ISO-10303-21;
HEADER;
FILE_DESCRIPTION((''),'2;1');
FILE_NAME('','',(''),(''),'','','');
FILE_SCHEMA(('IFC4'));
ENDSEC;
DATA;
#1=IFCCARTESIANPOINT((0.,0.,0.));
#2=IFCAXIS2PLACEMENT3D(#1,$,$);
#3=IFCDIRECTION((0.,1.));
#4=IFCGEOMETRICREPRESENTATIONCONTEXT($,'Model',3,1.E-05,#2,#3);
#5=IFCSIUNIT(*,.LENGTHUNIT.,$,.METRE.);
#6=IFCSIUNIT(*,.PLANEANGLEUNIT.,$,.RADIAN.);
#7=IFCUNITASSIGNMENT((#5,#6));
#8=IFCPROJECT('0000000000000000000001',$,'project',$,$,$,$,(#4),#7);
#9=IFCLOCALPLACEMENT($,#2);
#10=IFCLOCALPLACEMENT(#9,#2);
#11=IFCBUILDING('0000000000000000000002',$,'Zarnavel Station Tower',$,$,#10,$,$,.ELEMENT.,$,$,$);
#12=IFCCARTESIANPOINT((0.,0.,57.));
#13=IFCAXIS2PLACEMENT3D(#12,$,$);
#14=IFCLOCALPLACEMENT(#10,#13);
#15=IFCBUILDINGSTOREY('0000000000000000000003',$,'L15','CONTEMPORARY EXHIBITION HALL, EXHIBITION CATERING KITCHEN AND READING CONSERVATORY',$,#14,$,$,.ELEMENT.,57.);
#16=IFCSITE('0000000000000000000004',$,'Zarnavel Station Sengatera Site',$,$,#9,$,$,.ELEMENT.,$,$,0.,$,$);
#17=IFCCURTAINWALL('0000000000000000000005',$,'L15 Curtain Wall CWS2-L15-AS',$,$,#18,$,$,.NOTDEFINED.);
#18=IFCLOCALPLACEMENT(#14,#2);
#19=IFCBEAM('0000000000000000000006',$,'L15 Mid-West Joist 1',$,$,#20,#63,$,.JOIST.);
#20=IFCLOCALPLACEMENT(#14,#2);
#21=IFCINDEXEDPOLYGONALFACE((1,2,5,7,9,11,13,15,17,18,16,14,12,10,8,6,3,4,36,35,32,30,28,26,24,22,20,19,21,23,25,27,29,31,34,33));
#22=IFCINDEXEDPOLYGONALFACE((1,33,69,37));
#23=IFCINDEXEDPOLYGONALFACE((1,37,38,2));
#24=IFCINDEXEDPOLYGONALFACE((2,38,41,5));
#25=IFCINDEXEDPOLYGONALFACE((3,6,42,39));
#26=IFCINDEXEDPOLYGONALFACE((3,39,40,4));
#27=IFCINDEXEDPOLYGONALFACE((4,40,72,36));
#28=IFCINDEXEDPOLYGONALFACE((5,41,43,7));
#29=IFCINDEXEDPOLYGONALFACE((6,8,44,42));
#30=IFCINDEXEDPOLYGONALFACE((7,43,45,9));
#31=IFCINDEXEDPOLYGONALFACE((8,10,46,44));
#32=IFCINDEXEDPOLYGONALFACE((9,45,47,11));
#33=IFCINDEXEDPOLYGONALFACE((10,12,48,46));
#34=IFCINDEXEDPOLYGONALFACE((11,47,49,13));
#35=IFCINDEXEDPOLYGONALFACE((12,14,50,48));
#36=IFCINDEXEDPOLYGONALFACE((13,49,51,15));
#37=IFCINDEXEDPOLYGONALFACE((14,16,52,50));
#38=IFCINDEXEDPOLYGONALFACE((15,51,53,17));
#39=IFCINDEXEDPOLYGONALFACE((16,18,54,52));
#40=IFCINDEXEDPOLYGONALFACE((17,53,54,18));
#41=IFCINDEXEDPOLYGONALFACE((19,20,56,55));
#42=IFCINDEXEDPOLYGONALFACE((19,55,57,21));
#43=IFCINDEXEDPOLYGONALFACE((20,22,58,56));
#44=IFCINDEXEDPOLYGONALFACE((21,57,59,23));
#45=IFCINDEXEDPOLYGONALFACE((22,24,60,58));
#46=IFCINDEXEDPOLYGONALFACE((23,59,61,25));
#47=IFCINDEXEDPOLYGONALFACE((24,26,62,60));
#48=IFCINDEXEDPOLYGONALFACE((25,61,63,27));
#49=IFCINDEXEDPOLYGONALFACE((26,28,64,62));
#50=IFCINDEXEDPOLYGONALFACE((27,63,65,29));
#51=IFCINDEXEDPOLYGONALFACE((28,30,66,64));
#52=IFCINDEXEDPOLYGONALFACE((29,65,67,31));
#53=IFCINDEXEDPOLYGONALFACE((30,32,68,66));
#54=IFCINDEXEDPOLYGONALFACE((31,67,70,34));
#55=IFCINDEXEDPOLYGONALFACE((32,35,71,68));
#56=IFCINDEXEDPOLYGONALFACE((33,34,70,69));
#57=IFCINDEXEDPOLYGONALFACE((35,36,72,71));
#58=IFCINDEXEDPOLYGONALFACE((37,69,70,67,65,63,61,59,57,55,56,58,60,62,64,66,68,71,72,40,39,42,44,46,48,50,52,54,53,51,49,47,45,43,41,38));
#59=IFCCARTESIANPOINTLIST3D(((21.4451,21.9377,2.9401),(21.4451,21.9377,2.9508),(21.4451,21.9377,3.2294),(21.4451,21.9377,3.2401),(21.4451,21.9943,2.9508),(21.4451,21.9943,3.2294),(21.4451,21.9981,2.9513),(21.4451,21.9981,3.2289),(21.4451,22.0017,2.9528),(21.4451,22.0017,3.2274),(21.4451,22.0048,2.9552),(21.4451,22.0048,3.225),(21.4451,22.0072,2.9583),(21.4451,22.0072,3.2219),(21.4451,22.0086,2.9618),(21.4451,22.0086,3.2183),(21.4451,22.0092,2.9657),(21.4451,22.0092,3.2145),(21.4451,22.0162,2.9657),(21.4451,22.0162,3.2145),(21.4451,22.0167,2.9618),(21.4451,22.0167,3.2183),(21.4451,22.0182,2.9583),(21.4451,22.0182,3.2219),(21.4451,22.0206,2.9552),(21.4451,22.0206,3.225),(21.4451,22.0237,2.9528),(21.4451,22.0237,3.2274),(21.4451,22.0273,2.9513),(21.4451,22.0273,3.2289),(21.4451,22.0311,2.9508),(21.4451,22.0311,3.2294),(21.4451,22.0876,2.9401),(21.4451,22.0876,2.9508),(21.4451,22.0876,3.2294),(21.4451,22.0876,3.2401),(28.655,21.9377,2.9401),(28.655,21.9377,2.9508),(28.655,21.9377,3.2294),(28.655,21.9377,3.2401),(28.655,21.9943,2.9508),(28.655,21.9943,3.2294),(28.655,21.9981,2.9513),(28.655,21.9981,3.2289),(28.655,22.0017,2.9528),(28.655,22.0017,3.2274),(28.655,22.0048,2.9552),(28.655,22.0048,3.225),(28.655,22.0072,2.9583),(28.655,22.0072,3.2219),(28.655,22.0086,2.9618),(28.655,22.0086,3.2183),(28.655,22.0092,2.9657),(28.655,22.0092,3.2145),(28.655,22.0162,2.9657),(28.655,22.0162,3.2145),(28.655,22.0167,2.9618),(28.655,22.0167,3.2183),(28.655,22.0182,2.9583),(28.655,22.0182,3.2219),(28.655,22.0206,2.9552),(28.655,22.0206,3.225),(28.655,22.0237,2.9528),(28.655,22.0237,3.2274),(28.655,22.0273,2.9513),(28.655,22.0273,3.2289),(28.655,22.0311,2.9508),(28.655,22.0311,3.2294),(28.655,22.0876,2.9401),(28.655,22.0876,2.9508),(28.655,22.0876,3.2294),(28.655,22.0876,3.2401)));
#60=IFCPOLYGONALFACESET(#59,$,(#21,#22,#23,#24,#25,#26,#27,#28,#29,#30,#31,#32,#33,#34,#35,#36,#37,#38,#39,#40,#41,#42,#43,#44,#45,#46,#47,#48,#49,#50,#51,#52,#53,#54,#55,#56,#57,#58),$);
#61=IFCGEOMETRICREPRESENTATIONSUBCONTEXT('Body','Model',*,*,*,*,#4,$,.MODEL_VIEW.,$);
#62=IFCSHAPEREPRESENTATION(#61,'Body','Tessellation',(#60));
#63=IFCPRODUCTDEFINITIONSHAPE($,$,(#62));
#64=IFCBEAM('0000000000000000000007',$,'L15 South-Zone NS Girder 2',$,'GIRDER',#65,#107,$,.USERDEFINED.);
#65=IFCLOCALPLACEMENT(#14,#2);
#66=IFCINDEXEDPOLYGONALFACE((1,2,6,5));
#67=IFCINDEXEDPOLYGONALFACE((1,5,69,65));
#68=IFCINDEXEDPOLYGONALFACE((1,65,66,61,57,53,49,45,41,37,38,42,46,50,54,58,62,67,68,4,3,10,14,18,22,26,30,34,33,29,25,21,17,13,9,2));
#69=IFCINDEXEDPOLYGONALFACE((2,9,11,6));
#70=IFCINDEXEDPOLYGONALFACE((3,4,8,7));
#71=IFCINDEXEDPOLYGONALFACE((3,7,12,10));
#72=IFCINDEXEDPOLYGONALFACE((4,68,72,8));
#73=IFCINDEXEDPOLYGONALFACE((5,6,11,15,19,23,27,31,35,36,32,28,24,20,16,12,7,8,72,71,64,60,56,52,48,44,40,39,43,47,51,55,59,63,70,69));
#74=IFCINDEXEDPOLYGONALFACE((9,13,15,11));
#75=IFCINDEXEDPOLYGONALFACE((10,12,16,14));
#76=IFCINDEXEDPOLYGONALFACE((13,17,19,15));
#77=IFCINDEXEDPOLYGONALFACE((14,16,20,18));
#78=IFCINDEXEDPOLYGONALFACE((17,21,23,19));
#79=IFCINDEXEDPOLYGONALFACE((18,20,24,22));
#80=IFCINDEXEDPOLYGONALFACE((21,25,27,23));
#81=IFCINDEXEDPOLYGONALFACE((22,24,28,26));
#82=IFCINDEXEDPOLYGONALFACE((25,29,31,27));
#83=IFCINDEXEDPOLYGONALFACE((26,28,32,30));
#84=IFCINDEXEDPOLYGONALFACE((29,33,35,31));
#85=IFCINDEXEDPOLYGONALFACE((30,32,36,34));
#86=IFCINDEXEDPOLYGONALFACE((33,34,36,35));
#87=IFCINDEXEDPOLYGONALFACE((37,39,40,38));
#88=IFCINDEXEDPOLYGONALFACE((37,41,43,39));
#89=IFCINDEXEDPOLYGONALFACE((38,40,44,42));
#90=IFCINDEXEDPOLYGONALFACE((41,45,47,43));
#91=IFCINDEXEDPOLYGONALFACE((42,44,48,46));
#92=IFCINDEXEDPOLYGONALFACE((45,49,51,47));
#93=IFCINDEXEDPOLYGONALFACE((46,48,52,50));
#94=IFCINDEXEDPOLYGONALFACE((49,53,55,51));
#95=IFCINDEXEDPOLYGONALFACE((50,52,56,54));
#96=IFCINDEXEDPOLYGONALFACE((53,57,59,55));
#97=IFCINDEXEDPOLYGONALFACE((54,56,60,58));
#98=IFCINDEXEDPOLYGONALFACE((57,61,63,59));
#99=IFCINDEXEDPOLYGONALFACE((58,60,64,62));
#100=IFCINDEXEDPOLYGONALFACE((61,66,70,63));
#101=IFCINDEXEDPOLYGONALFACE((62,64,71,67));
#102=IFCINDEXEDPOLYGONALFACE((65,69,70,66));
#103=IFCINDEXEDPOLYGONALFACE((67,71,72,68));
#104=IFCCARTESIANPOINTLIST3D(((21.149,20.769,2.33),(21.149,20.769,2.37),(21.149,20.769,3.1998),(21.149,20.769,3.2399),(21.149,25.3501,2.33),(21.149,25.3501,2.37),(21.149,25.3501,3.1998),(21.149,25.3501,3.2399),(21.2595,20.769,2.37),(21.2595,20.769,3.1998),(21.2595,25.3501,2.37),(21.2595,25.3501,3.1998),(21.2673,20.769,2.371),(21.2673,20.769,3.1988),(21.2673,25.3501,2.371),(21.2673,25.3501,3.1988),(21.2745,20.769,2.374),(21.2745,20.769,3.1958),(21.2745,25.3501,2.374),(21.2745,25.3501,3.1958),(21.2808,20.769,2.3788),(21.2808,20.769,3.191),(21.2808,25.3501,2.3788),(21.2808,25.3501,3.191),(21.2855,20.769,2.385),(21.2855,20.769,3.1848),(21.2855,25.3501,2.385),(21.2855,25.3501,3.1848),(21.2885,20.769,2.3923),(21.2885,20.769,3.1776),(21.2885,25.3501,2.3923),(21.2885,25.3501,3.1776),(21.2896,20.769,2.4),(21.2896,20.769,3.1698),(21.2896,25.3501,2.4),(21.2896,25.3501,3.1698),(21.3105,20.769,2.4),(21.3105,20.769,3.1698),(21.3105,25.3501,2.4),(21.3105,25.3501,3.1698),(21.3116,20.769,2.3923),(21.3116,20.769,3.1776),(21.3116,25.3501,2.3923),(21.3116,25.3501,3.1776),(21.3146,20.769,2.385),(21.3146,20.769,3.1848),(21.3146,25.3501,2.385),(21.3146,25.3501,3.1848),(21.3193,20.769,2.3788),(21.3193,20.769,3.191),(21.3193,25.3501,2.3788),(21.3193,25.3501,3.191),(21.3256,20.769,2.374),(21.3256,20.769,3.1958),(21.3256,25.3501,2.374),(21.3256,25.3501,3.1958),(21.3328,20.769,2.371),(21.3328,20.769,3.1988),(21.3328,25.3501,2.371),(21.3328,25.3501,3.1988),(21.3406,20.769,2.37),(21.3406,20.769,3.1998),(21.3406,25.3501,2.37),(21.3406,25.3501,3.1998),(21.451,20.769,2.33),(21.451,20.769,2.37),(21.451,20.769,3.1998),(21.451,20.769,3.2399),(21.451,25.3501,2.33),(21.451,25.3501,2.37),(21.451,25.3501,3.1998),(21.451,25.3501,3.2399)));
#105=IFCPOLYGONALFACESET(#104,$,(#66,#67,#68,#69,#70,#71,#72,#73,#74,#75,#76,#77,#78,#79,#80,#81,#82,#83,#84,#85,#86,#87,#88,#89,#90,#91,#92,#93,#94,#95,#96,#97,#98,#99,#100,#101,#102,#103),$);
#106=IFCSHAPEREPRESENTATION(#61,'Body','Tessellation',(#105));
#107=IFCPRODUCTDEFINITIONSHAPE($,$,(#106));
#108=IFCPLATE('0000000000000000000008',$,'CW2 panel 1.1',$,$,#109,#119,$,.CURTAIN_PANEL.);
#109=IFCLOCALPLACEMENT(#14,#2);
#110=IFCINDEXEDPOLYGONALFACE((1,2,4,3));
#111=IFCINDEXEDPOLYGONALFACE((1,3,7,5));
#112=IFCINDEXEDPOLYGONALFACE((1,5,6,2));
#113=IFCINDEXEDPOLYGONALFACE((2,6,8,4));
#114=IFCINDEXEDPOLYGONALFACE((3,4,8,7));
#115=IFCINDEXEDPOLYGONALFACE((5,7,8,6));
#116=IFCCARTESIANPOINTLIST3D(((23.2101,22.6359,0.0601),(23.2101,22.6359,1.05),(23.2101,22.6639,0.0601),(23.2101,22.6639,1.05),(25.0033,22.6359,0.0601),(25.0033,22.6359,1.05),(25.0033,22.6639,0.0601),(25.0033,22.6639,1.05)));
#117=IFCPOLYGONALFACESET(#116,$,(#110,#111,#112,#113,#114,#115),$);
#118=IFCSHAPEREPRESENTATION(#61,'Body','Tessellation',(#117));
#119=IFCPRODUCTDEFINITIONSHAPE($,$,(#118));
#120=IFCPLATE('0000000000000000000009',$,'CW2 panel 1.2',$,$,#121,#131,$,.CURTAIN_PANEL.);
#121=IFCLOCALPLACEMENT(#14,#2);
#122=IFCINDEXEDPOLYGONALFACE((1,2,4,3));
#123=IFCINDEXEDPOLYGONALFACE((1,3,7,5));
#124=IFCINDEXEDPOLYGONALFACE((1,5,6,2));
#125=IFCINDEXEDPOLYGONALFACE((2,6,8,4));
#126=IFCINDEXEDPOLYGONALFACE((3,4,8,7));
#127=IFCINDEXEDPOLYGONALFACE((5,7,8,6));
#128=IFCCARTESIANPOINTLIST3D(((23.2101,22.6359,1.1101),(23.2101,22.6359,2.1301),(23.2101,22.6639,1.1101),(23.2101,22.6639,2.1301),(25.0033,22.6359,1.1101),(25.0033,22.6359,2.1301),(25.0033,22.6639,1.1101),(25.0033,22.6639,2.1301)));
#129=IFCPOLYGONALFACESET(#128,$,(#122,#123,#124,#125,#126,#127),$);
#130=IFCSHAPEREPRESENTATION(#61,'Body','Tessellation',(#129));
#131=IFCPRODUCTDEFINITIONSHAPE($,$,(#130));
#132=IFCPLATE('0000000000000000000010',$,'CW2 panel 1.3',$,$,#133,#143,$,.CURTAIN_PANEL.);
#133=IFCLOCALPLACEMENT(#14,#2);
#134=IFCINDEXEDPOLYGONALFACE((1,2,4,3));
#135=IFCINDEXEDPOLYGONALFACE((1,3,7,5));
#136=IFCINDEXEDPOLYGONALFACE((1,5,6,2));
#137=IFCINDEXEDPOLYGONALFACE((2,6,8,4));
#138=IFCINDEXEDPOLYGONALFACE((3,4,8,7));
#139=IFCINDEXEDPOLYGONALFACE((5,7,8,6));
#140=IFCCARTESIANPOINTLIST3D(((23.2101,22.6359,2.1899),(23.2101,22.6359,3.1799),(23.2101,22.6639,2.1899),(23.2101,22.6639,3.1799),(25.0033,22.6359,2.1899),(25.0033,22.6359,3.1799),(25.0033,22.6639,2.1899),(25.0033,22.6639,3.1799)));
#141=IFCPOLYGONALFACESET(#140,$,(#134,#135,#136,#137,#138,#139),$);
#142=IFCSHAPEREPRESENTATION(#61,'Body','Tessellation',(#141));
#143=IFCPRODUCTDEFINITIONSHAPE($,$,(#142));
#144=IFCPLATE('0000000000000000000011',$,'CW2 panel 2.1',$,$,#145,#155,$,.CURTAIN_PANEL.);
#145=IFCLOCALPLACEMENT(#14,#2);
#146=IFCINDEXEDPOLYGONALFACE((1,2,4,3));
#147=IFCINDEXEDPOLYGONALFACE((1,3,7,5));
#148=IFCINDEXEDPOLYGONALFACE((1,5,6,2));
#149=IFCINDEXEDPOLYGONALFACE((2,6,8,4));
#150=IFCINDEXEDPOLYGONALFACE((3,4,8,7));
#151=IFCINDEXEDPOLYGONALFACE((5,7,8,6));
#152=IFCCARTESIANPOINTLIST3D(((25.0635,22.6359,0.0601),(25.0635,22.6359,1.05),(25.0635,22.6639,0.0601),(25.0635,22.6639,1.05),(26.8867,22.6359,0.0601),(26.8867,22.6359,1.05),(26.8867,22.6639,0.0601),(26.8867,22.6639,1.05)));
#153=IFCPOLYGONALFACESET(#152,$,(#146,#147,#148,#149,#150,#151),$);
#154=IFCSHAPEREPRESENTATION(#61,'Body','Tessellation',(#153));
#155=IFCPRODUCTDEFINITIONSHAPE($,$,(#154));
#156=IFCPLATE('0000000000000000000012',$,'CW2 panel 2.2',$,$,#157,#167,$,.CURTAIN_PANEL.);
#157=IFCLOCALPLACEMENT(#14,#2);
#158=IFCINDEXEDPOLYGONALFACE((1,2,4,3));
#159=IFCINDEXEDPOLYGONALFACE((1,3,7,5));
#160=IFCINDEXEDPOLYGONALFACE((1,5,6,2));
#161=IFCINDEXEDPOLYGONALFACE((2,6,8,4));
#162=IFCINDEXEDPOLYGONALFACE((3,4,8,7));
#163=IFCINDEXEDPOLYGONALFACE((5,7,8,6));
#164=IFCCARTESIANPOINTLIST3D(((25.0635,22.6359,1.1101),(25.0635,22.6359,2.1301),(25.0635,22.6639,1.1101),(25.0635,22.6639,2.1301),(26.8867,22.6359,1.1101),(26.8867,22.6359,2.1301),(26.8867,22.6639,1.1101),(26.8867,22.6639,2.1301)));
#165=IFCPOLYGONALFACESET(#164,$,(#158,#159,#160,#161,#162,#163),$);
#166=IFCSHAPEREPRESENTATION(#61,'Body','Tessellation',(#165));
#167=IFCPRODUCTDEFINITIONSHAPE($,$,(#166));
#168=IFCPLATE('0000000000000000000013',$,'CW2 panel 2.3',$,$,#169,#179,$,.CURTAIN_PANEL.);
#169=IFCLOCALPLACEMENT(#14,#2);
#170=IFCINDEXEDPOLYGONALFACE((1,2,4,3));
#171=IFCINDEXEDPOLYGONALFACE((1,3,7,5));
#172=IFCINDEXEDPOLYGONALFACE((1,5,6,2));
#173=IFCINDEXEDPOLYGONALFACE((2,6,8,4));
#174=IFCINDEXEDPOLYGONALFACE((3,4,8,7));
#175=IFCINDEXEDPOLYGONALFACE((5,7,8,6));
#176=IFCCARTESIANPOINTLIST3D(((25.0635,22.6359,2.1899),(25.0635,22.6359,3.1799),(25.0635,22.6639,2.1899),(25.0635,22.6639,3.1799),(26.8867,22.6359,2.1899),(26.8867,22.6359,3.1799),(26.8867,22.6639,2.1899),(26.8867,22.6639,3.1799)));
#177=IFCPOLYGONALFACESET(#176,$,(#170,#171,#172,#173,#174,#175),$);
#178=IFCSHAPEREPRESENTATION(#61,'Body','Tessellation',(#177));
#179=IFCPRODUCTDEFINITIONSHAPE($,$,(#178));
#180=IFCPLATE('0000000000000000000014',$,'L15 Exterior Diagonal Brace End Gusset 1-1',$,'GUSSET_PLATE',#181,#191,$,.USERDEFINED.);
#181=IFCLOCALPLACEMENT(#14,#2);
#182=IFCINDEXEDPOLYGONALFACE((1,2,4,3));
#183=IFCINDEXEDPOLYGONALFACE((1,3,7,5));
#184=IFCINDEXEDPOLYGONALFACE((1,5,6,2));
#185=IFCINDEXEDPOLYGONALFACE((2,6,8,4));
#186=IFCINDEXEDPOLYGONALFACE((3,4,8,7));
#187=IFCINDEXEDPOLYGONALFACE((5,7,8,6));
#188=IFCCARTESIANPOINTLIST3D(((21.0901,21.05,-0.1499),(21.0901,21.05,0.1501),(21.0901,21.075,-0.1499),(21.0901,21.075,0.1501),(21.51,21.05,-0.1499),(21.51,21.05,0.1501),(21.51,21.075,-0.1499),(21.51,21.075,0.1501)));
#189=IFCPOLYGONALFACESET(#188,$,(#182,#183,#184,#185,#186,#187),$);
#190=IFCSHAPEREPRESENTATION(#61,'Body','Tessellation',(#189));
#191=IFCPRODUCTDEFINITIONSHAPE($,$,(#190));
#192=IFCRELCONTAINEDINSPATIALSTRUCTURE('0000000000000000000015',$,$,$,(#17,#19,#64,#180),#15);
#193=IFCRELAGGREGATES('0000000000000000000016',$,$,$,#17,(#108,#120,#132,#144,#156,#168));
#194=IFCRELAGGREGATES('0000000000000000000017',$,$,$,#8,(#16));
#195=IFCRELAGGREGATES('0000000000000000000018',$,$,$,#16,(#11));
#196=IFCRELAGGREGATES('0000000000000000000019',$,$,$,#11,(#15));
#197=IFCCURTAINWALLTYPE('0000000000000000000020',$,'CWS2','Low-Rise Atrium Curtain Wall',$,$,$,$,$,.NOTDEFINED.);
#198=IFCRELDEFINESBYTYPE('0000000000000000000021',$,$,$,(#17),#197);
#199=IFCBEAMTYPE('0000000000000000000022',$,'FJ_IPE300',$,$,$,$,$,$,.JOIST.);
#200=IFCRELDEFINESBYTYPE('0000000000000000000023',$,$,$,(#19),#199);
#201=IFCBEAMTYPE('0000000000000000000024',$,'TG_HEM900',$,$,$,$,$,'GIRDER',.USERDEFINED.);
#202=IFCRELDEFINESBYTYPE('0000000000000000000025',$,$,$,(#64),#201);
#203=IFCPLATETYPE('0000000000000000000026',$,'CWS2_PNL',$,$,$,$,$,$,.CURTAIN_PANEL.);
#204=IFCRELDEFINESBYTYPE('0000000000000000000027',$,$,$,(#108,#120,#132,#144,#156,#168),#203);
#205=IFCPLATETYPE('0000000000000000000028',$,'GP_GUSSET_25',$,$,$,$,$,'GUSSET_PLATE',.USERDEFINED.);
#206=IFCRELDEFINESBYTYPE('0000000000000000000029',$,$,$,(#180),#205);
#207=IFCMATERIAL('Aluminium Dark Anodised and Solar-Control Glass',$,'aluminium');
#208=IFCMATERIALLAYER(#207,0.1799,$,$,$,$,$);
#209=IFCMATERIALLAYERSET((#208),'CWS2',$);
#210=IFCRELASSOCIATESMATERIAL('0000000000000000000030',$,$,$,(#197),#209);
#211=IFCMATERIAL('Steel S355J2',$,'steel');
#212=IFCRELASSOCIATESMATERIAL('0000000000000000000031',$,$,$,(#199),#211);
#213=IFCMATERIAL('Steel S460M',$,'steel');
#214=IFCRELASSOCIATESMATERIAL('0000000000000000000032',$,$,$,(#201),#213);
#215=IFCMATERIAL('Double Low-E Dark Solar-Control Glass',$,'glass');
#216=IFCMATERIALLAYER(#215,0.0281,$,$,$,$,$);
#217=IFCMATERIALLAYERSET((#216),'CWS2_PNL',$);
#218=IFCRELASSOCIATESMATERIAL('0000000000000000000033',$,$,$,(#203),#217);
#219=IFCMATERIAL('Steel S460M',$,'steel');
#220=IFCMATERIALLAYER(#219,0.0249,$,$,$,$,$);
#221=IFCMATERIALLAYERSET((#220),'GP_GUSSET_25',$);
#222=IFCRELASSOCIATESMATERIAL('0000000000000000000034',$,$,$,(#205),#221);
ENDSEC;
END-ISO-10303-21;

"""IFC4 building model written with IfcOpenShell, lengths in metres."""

from ifc_helpers import new_model, si_unit, direction, frame, origin, origin_2d, place, context, subcontext, project, spatial, rectangle, i_section, extrude, material, layer, layer_set, material_profile, profile_set, type_object, element, aggregate, save


model = new_model("IFC4")

# Units and contexts
model_context = context("Model", 3, precision=1e-05, world=origin(), true_north=direction((0.0, 1.0)))
body_context = subcontext(model_context, "Body", "Model", "MODEL_VIEW")
ifc_project = project(units=[si_unit("LENGTHUNIT", "METRE"), si_unit("PLANEANGLEUNIT", "RADIAN")], contexts=[model_context])

# Site, building, storey
site_placement = place(None, origin())
site = spatial("IfcSite", under=ifc_project, at=site_placement, Name="Zarnavel Station Sengatera Site", CompositionType="ELEMENT", RefElevation=0.0)
building_placement = place(site_placement, origin())
building = spatial("IfcBuilding", under=site, at=building_placement, Name="Zarnavel Station Tower", CompositionType="ELEMENT")
storey_placement = place(building_placement, frame((0.0, 0.0, 57.0)))
storey = spatial("IfcBuildingStorey", under=building, at=storey_placement, Name="L15", Description="CONTEMPORARY EXHIBITION HALL, EXHIBITION CATERING KITCHEN AND READING CONSERVATORY", CompositionType="ELEMENT", Elevation=57.0)

# Curtain wall
ifc_material_1 = material(Name="Aluminium Dark Anodised and Solar-Control Glass", Category="aluminium")
ifc_layer_1 = layer(ifc_material_1, 0.1799)
ifc_layer_set_1 = layer_set([ifc_layer_1], Name="CWS2")
curtain_wall_type = type_object("IfcCurtainWallType", Name="CWS2", Description="Low-Rise Atrium Curtain Wall", PredefinedType="NOTDEFINED", material=ifc_layer_set_1)
curtain_wall_placement = place(storey_placement, origin())
curtain_wall = element("IfcCurtainWall", 1, at=curtain_wall_placement, inside=storey, type_object=curtain_wall_type, Name="L15 Curtain Wall CWS2-L15-AS", PredefinedType="NOTDEFINED")

# Beams
ifc_material_2 = material(Name="Steel S355J2", Category="steel")
ifc_material_profile_1 = material_profile(ifc_material_2, i_section(OverallWidth=0.1499, OverallDepth=0.3, WebThickness=0.0071, FlangeThickness=0.0107, FilletRadius=0.0149, at=origin_2d()), Name="IPE300")
ifc_profile_set_1 = profile_set([ifc_material_profile_1], Name="Steel S355J2")
beam_type_1 = type_object("IfcBeamType", Name="FJ_IPE300", PredefinedType="JOIST", material=ifc_profile_set_1)
beam_1_placement = place(storey_placement, frame((21.4451, 22.0127, 3.0901), z_axis=(1.0, 0.0, 0.0), x_axis=(0.0, 1.0, 0.0)))
element("IfcBeam", 2, at=beam_1_placement, inside=storey, type_object=beam_type_1, Name="L15 Mid-West Joist 1", PredefinedType="JOIST", context=body_context, shape_type="SweptSolid", body=[
    extrude(i_section(OverallWidth=0.1499, OverallDepth=0.3, WebThickness=0.0071, FlangeThickness=0.0107, FilletRadius=0.0149, at=origin_2d()), origin(), (0.0, 0.0, 1.0), 7.21),
])
ifc_material_3 = material(Name="Steel S460M", Category="steel")
ifc_material_profile_2 = material_profile(ifc_material_3, i_section(OverallWidth=0.302, OverallDepth=0.9099, WebThickness=0.021, FlangeThickness=0.04, FilletRadius=0.03, at=origin_2d()), Name="HEM900")
ifc_profile_set_2 = profile_set([ifc_material_profile_2], Name="Steel S460M")
beam_type_2 = type_object("IfcBeamType", Name="TG_HEM900", ElementType="GIRDER", PredefinedType="USERDEFINED", material=ifc_profile_set_2)
beam_2_placement = place(storey_placement, frame((21.3, 20.769, 2.7849), z_axis=(0.0, 1.0, 0.0), x_axis=(-1.0, 0.0, 0.0)))
element("IfcBeam", 3, at=beam_2_placement, inside=storey, type_object=beam_type_2, Name="L15 South-Zone NS Girder 2", ObjectType="GIRDER", PredefinedType="USERDEFINED", context=body_context, shape_type="SweptSolid", body=[
    extrude(i_section(OverallWidth=0.302, OverallDepth=0.9099, WebThickness=0.021, FlangeThickness=0.04, FilletRadius=0.03, at=origin_2d()), origin(), (0.0, 0.0, 1.0), 4.5811),
])

# Plates
ifc_material_4 = material(Name="Double Low-E Dark Solar-Control Glass", Category="glass")
ifc_layer_2 = layer(ifc_material_4, 0.0281)
ifc_layer_set_2 = layer_set([ifc_layer_2], Name="CWS2_PNL")
plate_type_1 = type_object("IfcPlateType", Name="CWS2_PNL", PredefinedType="CURTAIN_PANEL", material=ifc_layer_set_2)
plate_1_placement = place(storey_placement, frame((24.1067, 22.6499, 0.0601), z_axis=(0.0, 0.0, 1.0), x_axis=(1.0, 0.0, 0.0)))
plate_1 = element("IfcPlate", 4, at=plate_1_placement, type_object=plate_type_1, Name="CW2 panel 1.1", PredefinedType="CURTAIN_PANEL", context=body_context, shape_type="SweptSolid", body=[
    extrude(rectangle(XDim=1.7932, YDim=0.0281, at=origin_2d()), origin(), (0.0, 0.0, 1.0), 0.99),
])
plate_2_placement = place(storey_placement, frame((24.1067, 22.6499, 1.1101), z_axis=(0.0, 0.0, 1.0), x_axis=(1.0, 0.0, 0.0)))
plate_2 = element("IfcPlate", 5, at=plate_2_placement, type_object=plate_type_1, Name="CW2 panel 1.2", PredefinedType="CURTAIN_PANEL", context=body_context, shape_type="SweptSolid", body=[
    extrude(rectangle(XDim=1.7932, YDim=0.0281, at=origin_2d()), origin(), (0.0, 0.0, 1.0), 1.02),
])
plate_3_placement = place(storey_placement, frame((24.1067, 22.6499, 2.1899), z_axis=(0.0, 0.0, 1.0), x_axis=(1.0, 0.0, 0.0)))
plate_3 = element("IfcPlate", 6, at=plate_3_placement, type_object=plate_type_1, Name="CW2 panel 1.3", PredefinedType="CURTAIN_PANEL", context=body_context, shape_type="SweptSolid", body=[
    extrude(rectangle(XDim=1.7932, YDim=0.0281, at=origin_2d()), origin(), (0.0, 0.0, 1.0), 0.99),
])
plate_4_placement = place(storey_placement, frame((25.9751, 22.6499, 0.0601), z_axis=(0.0, 0.0, 1.0), x_axis=(1.0, 0.0, 0.0)))
plate_4 = element("IfcPlate", 7, at=plate_4_placement, type_object=plate_type_1, Name="CW2 panel 2.1", PredefinedType="CURTAIN_PANEL", context=body_context, shape_type="SweptSolid", body=[
    extrude(rectangle(XDim=1.8232, YDim=0.0281, at=origin_2d()), origin(), (0.0, 0.0, 1.0), 0.99),
])
plate_5_placement = place(storey_placement, frame((25.9751, 22.6499, 1.1101), z_axis=(0.0, 0.0, 1.0), x_axis=(1.0, 0.0, 0.0)))
plate_5 = element("IfcPlate", 8, at=plate_5_placement, type_object=plate_type_1, Name="CW2 panel 2.2", PredefinedType="CURTAIN_PANEL", context=body_context, shape_type="SweptSolid", body=[
    extrude(rectangle(XDim=1.8232, YDim=0.0281, at=origin_2d()), origin(), (0.0, 0.0, 1.0), 1.02),
])
plate_6_placement = place(storey_placement, frame((25.9751, 22.6499, 2.1899), z_axis=(0.0, 0.0, 1.0), x_axis=(1.0, 0.0, 0.0)))
plate_6 = element("IfcPlate", 9, at=plate_6_placement, type_object=plate_type_1, Name="CW2 panel 2.3", PredefinedType="CURTAIN_PANEL", context=body_context, shape_type="SweptSolid", body=[
    extrude(rectangle(XDim=1.8232, YDim=0.0281, at=origin_2d()), origin(), (0.0, 0.0, 1.0), 0.99),
])
aggregate(curtain_wall, [plate_1, plate_2, plate_3, plate_4, plate_5, plate_6])
ifc_material_5 = material(Name="Steel S460M", Category="steel")
ifc_layer_3 = layer(ifc_material_5, 0.0249)
ifc_layer_set_3 = layer_set([ifc_layer_3], Name="GP_GUSSET_25")
plate_type_2 = type_object("IfcPlateType", Name="GP_GUSSET_25", ElementType="GUSSET_PLATE", PredefinedType="USERDEFINED", material=ifc_layer_set_3)
plate_7_placement = place(storey_placement, frame((21.3, 21.0625, -0.1499), z_axis=(0.0, 0.0, 1.0), x_axis=(1.0, 0.0, 0.0)))
element("IfcPlate", 10, at=plate_7_placement, inside=storey, type_object=plate_type_2, Name="L15 Exterior Diagonal Brace End Gusset 1-1", ObjectType="GUSSET_PLATE", PredefinedType="USERDEFINED", context=body_context, shape_type="SweptSolid", body=[
    extrude(rectangle(XDim=0.4199, YDim=0.0249, at=origin_2d()), origin(), (0.0, 0.0, 1.0), 0.3),
])

save(model, "model.ifc")
